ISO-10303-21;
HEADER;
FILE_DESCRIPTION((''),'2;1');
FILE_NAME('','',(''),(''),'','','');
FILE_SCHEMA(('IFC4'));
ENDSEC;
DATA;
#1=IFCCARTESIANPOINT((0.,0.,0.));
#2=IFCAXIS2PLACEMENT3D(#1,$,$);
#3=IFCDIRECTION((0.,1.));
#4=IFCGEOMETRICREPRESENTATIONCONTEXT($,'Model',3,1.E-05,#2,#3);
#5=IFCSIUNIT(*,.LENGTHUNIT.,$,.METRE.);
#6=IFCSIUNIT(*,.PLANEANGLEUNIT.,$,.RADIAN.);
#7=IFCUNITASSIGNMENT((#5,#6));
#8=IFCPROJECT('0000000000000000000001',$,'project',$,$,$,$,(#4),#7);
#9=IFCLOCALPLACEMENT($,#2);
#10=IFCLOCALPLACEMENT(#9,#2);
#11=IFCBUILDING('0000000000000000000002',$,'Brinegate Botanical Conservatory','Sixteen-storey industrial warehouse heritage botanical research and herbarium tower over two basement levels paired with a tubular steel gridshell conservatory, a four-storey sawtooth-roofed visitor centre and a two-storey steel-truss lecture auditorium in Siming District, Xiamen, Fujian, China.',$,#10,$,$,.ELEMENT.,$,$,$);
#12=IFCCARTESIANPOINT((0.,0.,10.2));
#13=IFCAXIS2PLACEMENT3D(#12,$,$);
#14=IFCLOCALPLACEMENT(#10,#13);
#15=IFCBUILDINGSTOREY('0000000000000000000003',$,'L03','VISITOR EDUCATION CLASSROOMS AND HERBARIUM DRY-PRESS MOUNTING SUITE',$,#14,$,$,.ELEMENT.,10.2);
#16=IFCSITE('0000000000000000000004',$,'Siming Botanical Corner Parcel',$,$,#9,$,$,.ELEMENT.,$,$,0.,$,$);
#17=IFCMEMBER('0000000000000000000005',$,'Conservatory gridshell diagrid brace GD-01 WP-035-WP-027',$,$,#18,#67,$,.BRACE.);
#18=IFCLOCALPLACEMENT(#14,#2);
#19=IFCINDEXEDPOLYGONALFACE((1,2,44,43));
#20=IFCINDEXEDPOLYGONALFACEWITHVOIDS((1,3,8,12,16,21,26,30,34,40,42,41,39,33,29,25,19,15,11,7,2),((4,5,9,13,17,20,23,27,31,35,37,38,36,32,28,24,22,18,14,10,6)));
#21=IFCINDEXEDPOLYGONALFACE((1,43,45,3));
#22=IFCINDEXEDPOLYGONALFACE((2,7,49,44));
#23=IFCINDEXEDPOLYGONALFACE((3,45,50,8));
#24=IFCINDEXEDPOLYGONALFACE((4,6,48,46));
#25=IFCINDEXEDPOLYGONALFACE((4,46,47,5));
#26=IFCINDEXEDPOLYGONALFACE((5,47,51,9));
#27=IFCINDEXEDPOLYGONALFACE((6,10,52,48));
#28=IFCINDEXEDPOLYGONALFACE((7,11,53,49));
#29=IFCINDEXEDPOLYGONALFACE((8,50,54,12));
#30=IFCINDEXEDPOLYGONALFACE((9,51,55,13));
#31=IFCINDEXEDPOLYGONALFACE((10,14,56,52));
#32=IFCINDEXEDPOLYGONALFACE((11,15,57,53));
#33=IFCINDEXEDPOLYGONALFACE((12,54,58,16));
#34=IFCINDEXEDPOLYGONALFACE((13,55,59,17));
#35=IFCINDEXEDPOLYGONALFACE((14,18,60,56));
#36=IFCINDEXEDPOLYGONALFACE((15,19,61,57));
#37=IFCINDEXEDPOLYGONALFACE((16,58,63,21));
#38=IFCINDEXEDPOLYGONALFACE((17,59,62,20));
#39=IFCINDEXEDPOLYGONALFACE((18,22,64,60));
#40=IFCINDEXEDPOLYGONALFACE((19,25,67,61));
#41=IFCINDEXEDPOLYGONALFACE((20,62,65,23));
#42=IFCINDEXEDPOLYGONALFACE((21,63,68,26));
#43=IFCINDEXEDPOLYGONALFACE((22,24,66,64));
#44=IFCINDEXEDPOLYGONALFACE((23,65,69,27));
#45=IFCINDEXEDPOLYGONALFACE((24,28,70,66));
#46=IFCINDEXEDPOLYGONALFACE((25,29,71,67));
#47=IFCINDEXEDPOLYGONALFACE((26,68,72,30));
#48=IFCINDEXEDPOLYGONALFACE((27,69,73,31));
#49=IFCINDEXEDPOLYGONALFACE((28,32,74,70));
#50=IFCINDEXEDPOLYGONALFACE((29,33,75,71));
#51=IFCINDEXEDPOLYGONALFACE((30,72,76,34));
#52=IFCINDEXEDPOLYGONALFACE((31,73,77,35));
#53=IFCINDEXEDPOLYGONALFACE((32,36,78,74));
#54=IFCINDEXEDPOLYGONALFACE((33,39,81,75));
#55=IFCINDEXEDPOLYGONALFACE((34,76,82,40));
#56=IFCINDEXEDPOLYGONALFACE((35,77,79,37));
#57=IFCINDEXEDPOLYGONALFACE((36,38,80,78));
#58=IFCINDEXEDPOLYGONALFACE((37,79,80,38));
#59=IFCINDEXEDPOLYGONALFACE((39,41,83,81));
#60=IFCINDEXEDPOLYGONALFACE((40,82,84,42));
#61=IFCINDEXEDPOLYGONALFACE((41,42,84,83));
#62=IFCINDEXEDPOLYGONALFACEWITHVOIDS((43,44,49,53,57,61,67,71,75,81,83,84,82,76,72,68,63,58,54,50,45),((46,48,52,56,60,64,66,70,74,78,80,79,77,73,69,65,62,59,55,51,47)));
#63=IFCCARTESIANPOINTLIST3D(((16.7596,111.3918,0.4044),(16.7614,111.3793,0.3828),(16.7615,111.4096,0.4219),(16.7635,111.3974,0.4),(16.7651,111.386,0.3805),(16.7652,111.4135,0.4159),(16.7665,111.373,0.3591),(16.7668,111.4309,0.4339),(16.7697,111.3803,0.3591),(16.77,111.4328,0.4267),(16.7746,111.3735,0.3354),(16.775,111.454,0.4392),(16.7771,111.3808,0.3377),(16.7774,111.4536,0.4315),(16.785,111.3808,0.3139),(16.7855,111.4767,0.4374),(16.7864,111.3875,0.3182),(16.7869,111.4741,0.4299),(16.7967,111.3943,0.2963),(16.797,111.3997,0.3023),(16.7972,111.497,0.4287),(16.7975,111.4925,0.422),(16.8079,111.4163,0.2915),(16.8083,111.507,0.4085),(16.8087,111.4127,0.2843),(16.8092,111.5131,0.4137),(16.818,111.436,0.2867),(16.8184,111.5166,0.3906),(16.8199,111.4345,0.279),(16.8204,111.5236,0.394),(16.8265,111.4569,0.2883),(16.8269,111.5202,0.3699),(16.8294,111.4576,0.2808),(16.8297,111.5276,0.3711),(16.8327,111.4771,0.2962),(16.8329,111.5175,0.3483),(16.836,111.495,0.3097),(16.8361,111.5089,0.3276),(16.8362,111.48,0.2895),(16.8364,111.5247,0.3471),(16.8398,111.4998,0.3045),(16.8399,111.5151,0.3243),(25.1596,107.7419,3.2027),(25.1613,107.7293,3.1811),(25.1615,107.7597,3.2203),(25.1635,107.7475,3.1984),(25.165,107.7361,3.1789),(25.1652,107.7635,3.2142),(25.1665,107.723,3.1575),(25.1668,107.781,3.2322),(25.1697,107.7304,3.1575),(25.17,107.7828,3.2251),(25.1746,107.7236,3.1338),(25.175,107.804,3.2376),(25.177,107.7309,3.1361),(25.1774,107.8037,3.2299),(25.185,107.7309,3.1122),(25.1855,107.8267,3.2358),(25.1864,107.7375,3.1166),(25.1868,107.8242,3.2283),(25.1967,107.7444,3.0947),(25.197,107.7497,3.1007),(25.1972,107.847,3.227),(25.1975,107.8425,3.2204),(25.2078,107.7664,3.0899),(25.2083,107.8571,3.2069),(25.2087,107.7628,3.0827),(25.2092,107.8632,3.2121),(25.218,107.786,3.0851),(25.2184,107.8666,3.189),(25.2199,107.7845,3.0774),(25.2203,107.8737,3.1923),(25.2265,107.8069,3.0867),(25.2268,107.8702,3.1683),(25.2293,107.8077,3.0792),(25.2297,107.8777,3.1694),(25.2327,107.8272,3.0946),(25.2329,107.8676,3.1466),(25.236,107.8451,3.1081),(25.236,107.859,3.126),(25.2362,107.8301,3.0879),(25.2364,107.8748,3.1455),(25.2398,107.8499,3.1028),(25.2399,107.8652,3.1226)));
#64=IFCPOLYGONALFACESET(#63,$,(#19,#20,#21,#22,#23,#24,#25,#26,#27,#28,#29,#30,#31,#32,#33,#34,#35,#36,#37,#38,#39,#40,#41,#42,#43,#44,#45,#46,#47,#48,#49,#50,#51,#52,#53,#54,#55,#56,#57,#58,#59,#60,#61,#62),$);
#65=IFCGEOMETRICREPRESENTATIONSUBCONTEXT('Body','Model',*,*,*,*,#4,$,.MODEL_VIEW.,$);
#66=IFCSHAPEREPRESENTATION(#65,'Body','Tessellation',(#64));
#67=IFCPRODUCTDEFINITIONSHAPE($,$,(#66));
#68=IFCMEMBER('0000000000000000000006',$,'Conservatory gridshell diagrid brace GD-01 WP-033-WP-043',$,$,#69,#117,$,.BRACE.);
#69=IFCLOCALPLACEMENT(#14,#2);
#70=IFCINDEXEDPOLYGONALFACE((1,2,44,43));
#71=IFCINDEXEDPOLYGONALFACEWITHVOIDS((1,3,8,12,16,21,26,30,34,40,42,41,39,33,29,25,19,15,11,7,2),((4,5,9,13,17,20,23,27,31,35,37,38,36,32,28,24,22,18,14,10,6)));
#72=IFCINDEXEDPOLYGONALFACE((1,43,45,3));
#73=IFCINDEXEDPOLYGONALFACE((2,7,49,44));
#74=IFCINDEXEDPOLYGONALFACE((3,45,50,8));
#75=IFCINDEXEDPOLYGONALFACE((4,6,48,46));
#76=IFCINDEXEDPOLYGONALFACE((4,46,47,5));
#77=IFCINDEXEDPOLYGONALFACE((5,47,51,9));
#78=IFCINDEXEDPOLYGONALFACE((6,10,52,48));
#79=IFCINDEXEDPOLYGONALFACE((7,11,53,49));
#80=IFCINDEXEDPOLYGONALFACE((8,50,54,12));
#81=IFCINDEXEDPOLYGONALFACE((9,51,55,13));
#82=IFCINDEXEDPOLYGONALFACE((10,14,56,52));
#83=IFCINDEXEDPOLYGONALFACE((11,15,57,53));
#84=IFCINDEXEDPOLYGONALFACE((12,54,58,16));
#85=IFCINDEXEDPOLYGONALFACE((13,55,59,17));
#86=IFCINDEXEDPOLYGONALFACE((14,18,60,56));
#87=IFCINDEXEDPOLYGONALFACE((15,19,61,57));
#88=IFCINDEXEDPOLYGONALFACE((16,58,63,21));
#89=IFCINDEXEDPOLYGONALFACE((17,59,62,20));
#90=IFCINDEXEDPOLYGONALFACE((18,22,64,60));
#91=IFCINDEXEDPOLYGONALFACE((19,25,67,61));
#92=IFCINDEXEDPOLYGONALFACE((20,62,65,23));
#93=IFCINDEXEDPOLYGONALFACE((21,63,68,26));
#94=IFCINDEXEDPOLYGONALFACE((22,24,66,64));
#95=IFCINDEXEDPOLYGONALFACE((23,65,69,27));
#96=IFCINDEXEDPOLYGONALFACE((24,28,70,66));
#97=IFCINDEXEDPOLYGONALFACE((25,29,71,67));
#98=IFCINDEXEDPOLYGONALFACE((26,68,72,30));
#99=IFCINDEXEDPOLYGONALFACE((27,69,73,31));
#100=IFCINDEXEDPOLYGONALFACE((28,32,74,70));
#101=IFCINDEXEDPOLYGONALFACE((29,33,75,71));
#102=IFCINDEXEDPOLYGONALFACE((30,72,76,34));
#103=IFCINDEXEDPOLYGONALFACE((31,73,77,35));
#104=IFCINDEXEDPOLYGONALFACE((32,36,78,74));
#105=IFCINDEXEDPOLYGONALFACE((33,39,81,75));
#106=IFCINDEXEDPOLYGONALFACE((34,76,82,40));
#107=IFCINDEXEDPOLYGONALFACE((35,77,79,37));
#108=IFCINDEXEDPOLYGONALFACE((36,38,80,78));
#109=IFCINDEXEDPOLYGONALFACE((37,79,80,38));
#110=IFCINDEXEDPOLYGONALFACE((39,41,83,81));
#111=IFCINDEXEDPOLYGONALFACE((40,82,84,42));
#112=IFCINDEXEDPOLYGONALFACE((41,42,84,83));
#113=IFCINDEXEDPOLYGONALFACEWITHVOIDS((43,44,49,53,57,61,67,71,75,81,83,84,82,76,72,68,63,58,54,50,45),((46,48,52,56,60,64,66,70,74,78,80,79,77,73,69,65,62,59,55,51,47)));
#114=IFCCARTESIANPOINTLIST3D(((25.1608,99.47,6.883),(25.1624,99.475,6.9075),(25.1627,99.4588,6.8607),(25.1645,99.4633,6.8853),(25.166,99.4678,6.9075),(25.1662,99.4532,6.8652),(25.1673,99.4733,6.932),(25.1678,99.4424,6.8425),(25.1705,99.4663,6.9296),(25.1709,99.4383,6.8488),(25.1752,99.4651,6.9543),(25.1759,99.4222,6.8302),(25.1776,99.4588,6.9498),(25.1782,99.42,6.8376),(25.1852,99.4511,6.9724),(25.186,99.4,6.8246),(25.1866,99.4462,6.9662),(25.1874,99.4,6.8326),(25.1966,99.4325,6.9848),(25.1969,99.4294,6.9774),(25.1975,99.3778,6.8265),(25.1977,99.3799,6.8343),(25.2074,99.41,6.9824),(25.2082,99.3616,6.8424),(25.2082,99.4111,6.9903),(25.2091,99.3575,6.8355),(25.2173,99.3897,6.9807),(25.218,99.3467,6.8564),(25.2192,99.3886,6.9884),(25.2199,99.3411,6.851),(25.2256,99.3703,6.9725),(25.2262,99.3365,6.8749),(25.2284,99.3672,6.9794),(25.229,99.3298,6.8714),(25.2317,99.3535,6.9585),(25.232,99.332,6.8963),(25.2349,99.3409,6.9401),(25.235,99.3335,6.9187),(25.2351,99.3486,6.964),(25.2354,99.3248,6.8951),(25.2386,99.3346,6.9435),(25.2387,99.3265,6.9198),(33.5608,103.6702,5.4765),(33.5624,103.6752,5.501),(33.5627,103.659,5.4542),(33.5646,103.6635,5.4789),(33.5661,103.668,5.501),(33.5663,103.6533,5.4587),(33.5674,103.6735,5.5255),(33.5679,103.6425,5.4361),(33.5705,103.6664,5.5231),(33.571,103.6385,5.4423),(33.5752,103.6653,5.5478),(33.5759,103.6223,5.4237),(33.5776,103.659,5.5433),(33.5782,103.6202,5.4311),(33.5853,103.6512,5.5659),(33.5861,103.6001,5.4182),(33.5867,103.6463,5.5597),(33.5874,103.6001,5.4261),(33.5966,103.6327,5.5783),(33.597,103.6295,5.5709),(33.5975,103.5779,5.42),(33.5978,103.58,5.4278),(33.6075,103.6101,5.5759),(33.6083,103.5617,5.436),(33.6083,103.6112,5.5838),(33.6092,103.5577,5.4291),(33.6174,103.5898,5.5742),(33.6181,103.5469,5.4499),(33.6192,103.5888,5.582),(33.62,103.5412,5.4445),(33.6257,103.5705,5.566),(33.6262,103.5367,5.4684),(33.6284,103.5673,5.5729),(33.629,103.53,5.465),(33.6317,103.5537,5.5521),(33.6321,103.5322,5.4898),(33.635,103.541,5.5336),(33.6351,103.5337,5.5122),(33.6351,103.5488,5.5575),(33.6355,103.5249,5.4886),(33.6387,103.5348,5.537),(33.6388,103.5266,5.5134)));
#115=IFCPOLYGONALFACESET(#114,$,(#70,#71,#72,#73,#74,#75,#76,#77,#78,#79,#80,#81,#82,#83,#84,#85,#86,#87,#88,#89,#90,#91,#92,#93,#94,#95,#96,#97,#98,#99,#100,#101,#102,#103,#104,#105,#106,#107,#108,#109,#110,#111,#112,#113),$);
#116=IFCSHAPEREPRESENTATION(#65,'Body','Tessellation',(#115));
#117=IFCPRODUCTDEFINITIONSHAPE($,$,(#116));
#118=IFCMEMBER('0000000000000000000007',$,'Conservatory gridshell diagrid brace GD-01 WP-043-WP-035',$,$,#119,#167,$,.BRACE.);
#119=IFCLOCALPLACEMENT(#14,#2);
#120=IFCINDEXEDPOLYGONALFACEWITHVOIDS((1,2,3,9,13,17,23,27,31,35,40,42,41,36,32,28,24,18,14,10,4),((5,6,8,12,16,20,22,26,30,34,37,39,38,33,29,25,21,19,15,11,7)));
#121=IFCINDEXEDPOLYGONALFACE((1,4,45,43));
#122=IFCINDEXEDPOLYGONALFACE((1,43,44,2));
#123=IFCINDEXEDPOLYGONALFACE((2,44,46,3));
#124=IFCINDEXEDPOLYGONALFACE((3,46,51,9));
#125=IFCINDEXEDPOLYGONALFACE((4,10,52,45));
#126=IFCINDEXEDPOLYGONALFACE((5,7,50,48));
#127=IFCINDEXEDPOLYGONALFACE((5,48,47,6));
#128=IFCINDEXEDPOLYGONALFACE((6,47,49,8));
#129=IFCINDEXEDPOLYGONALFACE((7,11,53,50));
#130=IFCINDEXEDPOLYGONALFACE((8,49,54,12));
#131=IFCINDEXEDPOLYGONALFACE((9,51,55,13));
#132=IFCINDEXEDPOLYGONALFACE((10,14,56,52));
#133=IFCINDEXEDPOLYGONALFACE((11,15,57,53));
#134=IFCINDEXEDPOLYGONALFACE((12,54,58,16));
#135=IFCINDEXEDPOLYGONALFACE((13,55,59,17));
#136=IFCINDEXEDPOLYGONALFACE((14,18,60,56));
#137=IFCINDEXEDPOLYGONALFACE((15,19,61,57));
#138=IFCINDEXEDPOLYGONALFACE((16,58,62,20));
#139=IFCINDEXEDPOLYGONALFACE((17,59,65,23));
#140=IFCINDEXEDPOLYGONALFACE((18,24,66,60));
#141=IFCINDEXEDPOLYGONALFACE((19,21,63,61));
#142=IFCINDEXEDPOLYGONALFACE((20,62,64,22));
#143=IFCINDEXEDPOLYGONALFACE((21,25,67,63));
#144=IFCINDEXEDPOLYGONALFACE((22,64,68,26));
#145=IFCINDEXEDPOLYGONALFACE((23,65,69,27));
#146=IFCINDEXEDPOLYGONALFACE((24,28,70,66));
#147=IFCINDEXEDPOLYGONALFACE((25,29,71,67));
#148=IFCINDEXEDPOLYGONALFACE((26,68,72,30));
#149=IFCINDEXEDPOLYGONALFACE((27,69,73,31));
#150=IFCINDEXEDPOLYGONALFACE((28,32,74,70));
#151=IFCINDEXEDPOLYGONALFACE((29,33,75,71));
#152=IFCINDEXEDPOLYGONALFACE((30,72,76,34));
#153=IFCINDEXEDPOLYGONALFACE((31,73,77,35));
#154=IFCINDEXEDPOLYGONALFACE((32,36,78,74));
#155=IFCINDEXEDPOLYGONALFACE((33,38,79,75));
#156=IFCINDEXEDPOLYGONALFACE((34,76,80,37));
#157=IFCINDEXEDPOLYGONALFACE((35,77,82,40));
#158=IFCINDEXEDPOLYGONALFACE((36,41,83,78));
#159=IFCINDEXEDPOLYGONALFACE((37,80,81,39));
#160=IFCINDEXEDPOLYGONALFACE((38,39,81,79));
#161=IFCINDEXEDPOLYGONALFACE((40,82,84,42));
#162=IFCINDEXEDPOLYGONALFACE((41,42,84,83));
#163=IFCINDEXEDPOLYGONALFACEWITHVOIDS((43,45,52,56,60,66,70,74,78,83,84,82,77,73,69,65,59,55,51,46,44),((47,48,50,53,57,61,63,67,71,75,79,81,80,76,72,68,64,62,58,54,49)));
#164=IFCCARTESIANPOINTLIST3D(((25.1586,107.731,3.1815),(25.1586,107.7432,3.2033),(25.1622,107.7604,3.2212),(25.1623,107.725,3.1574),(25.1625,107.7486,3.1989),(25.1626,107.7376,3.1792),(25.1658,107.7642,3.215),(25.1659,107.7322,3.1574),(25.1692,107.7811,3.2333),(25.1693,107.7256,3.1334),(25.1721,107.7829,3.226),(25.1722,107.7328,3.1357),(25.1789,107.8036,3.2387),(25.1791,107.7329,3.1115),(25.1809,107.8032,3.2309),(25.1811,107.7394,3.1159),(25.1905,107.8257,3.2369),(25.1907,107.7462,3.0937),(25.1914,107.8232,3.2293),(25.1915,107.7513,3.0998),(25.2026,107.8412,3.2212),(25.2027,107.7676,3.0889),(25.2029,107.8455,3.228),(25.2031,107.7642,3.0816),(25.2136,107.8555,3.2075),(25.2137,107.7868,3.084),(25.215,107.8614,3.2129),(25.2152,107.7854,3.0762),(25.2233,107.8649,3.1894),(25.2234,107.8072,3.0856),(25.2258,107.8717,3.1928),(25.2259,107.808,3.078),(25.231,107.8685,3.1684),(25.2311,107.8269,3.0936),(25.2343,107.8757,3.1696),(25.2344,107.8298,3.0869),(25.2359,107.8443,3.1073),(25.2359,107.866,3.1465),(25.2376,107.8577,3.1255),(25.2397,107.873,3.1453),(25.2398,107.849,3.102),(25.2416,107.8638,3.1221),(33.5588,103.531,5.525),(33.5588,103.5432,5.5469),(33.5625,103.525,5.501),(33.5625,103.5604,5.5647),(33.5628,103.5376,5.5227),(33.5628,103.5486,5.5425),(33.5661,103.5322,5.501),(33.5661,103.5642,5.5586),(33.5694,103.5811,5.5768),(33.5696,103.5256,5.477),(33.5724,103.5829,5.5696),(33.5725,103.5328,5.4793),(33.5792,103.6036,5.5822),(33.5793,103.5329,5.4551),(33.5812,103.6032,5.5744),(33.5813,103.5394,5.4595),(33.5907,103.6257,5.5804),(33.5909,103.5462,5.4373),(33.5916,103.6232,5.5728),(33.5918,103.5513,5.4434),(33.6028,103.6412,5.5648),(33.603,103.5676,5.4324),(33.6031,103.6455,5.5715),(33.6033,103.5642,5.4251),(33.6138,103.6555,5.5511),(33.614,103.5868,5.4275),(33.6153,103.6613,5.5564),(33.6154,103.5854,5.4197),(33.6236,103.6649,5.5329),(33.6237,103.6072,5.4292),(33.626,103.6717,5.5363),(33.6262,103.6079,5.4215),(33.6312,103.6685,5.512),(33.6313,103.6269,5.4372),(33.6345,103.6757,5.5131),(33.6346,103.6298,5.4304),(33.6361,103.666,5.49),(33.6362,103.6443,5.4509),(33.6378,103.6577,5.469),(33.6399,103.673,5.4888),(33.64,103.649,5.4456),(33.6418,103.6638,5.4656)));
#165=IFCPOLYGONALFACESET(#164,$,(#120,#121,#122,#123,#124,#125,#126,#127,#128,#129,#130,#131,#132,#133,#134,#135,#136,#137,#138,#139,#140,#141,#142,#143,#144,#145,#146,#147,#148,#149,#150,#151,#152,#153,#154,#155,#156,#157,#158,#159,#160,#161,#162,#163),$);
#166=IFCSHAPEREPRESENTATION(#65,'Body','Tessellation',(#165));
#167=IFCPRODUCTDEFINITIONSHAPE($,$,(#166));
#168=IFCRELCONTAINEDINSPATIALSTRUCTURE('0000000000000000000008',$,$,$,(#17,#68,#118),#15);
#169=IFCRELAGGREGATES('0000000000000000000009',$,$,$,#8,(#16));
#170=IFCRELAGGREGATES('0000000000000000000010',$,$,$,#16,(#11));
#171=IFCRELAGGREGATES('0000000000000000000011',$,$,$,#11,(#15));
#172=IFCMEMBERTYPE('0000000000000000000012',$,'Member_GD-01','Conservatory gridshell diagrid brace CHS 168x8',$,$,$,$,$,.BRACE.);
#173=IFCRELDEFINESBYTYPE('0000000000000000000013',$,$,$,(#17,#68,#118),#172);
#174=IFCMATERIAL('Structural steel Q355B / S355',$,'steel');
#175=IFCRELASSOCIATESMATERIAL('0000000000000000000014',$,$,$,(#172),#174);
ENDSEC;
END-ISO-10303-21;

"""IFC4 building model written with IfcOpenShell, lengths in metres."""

from ifc_helpers import new_model, si_unit, direction, frame, origin, origin_2d, place, context, subcontext, project, spatial, hollow_circle, extrude, material, material_profile, profile_set, type_object, element, save


model = new_model("IFC4")

# Units and contexts
model_context = context("Model", 3, precision=1e-05, world=origin(), true_north=direction((0.0, 1.0)))
body_context = subcontext(model_context, "Body", "Model", "MODEL_VIEW")
ifc_project = project(units=[si_unit("LENGTHUNIT", "METRE"), si_unit("PLANEANGLEUNIT", "RADIAN")], contexts=[model_context])

# Site, building, storey
site_placement = place(None, origin())
site = spatial("IfcSite", under=ifc_project, at=site_placement, Name="Siming Botanical Corner Parcel", CompositionType="ELEMENT", RefElevation=0.0)
building_placement = place(site_placement, origin())
building = spatial("IfcBuilding", under=site, at=building_placement, Name="Brinegate Botanical Conservatory", Description="Sixteen-storey industrial warehouse heritage botanical research and herbarium tower over two basement levels paired with a tubular steel gridshell conservatory, a four-storey sawtooth-roofed visitor centre and a two-storey steel-truss lecture auditorium in Siming District, Xiamen, Fujian, China.", CompositionType="ELEMENT")
storey_placement = place(building_placement, frame((0.0, 0.0, 10.2)))
storey = spatial("IfcBuildingStorey", under=building, at=storey_placement, Name="L03", Description="VISITOR EDUCATION CLASSROOMS AND HERBARIUM DRY-PRESS MOUNTING SUITE", CompositionType="ELEMENT", Elevation=10.2)

# Shared definitions
ifc_material_1 = material(Name="Structural steel Q355B / S355", Category="steel")

# Members
ifc_material_profile_1 = material_profile(ifc_material_1, hollow_circle(Radius=0.084, WallThickness=0.0081, at=origin_2d()), Name="CHS 168x8")
ifc_profile_set_1 = profile_set([ifc_material_profile_1], Name="Structural steel Q355B / S355")
member_type_1 = type_object("IfcMemberType", Name="Member_GD-01", Description="Conservatory gridshell diagrid brace CHS 168x8", PredefinedType="BRACE", material=ifc_profile_set_1)
member_1_placement = place(storey_placement, frame((25.2, 107.8, 3.1575), z_axis=(-0.87713, 0.381128, -0.292207), x_axis=(-0.398521, -0.917159, 0.0)))
element("IfcMember", 1, at=member_1_placement, inside=storey, type_object=member_type_1, Name="Conservatory gridshell diagrid brace GD-01 WP-035-WP-027", PredefinedType="BRACE", context=body_context, shape_type="SweptSolid", body=[
    extrude(hollow_circle(Radius=0.084, WallThickness=0.0081, at=origin_2d()), origin(), (0.0, 0.0, 1.0), 9.5767),
])
member_2_placement = place(storey_placement, frame((25.2, 99.3999, 6.9075), z_axis=(0.884558, 0.442292, -0.148108), x_axis=(-0.447224, 0.894422, 0.0)))
element("IfcMember", 2, at=member_2_placement, inside=storey, type_object=member_type_1, Name="Conservatory gridshell diagrid brace GD-01 WP-033-WP-043", PredefinedType="BRACE", context=body_context, shape_type="SweptSolid", body=[
    extrude(hollow_circle(Radius=0.084, WallThickness=0.0081, at=origin_2d()), origin(), (0.0, 0.0, 1.0), 9.4963),
])
member_3_placement = place(storey_placement, frame((33.6001, 103.6001, 5.501), z_axis=(-0.867822, 0.433899, -0.242108), x_axis=(-0.447203, -0.894432, 0.0)))
element("IfcMember", 3, at=member_3_placement, inside=storey, type_object=member_type_1, Name="Conservatory gridshell diagrid brace GD-01 WP-043-WP-035", PredefinedType="BRACE", context=body_context, shape_type="SweptSolid", body=[
    extrude(hollow_circle(Radius=0.084, WallThickness=0.0081, at=origin_2d()), origin(), (0.0, 0.0, 1.0), 9.6797),
])

save(model, "model.ifc")
